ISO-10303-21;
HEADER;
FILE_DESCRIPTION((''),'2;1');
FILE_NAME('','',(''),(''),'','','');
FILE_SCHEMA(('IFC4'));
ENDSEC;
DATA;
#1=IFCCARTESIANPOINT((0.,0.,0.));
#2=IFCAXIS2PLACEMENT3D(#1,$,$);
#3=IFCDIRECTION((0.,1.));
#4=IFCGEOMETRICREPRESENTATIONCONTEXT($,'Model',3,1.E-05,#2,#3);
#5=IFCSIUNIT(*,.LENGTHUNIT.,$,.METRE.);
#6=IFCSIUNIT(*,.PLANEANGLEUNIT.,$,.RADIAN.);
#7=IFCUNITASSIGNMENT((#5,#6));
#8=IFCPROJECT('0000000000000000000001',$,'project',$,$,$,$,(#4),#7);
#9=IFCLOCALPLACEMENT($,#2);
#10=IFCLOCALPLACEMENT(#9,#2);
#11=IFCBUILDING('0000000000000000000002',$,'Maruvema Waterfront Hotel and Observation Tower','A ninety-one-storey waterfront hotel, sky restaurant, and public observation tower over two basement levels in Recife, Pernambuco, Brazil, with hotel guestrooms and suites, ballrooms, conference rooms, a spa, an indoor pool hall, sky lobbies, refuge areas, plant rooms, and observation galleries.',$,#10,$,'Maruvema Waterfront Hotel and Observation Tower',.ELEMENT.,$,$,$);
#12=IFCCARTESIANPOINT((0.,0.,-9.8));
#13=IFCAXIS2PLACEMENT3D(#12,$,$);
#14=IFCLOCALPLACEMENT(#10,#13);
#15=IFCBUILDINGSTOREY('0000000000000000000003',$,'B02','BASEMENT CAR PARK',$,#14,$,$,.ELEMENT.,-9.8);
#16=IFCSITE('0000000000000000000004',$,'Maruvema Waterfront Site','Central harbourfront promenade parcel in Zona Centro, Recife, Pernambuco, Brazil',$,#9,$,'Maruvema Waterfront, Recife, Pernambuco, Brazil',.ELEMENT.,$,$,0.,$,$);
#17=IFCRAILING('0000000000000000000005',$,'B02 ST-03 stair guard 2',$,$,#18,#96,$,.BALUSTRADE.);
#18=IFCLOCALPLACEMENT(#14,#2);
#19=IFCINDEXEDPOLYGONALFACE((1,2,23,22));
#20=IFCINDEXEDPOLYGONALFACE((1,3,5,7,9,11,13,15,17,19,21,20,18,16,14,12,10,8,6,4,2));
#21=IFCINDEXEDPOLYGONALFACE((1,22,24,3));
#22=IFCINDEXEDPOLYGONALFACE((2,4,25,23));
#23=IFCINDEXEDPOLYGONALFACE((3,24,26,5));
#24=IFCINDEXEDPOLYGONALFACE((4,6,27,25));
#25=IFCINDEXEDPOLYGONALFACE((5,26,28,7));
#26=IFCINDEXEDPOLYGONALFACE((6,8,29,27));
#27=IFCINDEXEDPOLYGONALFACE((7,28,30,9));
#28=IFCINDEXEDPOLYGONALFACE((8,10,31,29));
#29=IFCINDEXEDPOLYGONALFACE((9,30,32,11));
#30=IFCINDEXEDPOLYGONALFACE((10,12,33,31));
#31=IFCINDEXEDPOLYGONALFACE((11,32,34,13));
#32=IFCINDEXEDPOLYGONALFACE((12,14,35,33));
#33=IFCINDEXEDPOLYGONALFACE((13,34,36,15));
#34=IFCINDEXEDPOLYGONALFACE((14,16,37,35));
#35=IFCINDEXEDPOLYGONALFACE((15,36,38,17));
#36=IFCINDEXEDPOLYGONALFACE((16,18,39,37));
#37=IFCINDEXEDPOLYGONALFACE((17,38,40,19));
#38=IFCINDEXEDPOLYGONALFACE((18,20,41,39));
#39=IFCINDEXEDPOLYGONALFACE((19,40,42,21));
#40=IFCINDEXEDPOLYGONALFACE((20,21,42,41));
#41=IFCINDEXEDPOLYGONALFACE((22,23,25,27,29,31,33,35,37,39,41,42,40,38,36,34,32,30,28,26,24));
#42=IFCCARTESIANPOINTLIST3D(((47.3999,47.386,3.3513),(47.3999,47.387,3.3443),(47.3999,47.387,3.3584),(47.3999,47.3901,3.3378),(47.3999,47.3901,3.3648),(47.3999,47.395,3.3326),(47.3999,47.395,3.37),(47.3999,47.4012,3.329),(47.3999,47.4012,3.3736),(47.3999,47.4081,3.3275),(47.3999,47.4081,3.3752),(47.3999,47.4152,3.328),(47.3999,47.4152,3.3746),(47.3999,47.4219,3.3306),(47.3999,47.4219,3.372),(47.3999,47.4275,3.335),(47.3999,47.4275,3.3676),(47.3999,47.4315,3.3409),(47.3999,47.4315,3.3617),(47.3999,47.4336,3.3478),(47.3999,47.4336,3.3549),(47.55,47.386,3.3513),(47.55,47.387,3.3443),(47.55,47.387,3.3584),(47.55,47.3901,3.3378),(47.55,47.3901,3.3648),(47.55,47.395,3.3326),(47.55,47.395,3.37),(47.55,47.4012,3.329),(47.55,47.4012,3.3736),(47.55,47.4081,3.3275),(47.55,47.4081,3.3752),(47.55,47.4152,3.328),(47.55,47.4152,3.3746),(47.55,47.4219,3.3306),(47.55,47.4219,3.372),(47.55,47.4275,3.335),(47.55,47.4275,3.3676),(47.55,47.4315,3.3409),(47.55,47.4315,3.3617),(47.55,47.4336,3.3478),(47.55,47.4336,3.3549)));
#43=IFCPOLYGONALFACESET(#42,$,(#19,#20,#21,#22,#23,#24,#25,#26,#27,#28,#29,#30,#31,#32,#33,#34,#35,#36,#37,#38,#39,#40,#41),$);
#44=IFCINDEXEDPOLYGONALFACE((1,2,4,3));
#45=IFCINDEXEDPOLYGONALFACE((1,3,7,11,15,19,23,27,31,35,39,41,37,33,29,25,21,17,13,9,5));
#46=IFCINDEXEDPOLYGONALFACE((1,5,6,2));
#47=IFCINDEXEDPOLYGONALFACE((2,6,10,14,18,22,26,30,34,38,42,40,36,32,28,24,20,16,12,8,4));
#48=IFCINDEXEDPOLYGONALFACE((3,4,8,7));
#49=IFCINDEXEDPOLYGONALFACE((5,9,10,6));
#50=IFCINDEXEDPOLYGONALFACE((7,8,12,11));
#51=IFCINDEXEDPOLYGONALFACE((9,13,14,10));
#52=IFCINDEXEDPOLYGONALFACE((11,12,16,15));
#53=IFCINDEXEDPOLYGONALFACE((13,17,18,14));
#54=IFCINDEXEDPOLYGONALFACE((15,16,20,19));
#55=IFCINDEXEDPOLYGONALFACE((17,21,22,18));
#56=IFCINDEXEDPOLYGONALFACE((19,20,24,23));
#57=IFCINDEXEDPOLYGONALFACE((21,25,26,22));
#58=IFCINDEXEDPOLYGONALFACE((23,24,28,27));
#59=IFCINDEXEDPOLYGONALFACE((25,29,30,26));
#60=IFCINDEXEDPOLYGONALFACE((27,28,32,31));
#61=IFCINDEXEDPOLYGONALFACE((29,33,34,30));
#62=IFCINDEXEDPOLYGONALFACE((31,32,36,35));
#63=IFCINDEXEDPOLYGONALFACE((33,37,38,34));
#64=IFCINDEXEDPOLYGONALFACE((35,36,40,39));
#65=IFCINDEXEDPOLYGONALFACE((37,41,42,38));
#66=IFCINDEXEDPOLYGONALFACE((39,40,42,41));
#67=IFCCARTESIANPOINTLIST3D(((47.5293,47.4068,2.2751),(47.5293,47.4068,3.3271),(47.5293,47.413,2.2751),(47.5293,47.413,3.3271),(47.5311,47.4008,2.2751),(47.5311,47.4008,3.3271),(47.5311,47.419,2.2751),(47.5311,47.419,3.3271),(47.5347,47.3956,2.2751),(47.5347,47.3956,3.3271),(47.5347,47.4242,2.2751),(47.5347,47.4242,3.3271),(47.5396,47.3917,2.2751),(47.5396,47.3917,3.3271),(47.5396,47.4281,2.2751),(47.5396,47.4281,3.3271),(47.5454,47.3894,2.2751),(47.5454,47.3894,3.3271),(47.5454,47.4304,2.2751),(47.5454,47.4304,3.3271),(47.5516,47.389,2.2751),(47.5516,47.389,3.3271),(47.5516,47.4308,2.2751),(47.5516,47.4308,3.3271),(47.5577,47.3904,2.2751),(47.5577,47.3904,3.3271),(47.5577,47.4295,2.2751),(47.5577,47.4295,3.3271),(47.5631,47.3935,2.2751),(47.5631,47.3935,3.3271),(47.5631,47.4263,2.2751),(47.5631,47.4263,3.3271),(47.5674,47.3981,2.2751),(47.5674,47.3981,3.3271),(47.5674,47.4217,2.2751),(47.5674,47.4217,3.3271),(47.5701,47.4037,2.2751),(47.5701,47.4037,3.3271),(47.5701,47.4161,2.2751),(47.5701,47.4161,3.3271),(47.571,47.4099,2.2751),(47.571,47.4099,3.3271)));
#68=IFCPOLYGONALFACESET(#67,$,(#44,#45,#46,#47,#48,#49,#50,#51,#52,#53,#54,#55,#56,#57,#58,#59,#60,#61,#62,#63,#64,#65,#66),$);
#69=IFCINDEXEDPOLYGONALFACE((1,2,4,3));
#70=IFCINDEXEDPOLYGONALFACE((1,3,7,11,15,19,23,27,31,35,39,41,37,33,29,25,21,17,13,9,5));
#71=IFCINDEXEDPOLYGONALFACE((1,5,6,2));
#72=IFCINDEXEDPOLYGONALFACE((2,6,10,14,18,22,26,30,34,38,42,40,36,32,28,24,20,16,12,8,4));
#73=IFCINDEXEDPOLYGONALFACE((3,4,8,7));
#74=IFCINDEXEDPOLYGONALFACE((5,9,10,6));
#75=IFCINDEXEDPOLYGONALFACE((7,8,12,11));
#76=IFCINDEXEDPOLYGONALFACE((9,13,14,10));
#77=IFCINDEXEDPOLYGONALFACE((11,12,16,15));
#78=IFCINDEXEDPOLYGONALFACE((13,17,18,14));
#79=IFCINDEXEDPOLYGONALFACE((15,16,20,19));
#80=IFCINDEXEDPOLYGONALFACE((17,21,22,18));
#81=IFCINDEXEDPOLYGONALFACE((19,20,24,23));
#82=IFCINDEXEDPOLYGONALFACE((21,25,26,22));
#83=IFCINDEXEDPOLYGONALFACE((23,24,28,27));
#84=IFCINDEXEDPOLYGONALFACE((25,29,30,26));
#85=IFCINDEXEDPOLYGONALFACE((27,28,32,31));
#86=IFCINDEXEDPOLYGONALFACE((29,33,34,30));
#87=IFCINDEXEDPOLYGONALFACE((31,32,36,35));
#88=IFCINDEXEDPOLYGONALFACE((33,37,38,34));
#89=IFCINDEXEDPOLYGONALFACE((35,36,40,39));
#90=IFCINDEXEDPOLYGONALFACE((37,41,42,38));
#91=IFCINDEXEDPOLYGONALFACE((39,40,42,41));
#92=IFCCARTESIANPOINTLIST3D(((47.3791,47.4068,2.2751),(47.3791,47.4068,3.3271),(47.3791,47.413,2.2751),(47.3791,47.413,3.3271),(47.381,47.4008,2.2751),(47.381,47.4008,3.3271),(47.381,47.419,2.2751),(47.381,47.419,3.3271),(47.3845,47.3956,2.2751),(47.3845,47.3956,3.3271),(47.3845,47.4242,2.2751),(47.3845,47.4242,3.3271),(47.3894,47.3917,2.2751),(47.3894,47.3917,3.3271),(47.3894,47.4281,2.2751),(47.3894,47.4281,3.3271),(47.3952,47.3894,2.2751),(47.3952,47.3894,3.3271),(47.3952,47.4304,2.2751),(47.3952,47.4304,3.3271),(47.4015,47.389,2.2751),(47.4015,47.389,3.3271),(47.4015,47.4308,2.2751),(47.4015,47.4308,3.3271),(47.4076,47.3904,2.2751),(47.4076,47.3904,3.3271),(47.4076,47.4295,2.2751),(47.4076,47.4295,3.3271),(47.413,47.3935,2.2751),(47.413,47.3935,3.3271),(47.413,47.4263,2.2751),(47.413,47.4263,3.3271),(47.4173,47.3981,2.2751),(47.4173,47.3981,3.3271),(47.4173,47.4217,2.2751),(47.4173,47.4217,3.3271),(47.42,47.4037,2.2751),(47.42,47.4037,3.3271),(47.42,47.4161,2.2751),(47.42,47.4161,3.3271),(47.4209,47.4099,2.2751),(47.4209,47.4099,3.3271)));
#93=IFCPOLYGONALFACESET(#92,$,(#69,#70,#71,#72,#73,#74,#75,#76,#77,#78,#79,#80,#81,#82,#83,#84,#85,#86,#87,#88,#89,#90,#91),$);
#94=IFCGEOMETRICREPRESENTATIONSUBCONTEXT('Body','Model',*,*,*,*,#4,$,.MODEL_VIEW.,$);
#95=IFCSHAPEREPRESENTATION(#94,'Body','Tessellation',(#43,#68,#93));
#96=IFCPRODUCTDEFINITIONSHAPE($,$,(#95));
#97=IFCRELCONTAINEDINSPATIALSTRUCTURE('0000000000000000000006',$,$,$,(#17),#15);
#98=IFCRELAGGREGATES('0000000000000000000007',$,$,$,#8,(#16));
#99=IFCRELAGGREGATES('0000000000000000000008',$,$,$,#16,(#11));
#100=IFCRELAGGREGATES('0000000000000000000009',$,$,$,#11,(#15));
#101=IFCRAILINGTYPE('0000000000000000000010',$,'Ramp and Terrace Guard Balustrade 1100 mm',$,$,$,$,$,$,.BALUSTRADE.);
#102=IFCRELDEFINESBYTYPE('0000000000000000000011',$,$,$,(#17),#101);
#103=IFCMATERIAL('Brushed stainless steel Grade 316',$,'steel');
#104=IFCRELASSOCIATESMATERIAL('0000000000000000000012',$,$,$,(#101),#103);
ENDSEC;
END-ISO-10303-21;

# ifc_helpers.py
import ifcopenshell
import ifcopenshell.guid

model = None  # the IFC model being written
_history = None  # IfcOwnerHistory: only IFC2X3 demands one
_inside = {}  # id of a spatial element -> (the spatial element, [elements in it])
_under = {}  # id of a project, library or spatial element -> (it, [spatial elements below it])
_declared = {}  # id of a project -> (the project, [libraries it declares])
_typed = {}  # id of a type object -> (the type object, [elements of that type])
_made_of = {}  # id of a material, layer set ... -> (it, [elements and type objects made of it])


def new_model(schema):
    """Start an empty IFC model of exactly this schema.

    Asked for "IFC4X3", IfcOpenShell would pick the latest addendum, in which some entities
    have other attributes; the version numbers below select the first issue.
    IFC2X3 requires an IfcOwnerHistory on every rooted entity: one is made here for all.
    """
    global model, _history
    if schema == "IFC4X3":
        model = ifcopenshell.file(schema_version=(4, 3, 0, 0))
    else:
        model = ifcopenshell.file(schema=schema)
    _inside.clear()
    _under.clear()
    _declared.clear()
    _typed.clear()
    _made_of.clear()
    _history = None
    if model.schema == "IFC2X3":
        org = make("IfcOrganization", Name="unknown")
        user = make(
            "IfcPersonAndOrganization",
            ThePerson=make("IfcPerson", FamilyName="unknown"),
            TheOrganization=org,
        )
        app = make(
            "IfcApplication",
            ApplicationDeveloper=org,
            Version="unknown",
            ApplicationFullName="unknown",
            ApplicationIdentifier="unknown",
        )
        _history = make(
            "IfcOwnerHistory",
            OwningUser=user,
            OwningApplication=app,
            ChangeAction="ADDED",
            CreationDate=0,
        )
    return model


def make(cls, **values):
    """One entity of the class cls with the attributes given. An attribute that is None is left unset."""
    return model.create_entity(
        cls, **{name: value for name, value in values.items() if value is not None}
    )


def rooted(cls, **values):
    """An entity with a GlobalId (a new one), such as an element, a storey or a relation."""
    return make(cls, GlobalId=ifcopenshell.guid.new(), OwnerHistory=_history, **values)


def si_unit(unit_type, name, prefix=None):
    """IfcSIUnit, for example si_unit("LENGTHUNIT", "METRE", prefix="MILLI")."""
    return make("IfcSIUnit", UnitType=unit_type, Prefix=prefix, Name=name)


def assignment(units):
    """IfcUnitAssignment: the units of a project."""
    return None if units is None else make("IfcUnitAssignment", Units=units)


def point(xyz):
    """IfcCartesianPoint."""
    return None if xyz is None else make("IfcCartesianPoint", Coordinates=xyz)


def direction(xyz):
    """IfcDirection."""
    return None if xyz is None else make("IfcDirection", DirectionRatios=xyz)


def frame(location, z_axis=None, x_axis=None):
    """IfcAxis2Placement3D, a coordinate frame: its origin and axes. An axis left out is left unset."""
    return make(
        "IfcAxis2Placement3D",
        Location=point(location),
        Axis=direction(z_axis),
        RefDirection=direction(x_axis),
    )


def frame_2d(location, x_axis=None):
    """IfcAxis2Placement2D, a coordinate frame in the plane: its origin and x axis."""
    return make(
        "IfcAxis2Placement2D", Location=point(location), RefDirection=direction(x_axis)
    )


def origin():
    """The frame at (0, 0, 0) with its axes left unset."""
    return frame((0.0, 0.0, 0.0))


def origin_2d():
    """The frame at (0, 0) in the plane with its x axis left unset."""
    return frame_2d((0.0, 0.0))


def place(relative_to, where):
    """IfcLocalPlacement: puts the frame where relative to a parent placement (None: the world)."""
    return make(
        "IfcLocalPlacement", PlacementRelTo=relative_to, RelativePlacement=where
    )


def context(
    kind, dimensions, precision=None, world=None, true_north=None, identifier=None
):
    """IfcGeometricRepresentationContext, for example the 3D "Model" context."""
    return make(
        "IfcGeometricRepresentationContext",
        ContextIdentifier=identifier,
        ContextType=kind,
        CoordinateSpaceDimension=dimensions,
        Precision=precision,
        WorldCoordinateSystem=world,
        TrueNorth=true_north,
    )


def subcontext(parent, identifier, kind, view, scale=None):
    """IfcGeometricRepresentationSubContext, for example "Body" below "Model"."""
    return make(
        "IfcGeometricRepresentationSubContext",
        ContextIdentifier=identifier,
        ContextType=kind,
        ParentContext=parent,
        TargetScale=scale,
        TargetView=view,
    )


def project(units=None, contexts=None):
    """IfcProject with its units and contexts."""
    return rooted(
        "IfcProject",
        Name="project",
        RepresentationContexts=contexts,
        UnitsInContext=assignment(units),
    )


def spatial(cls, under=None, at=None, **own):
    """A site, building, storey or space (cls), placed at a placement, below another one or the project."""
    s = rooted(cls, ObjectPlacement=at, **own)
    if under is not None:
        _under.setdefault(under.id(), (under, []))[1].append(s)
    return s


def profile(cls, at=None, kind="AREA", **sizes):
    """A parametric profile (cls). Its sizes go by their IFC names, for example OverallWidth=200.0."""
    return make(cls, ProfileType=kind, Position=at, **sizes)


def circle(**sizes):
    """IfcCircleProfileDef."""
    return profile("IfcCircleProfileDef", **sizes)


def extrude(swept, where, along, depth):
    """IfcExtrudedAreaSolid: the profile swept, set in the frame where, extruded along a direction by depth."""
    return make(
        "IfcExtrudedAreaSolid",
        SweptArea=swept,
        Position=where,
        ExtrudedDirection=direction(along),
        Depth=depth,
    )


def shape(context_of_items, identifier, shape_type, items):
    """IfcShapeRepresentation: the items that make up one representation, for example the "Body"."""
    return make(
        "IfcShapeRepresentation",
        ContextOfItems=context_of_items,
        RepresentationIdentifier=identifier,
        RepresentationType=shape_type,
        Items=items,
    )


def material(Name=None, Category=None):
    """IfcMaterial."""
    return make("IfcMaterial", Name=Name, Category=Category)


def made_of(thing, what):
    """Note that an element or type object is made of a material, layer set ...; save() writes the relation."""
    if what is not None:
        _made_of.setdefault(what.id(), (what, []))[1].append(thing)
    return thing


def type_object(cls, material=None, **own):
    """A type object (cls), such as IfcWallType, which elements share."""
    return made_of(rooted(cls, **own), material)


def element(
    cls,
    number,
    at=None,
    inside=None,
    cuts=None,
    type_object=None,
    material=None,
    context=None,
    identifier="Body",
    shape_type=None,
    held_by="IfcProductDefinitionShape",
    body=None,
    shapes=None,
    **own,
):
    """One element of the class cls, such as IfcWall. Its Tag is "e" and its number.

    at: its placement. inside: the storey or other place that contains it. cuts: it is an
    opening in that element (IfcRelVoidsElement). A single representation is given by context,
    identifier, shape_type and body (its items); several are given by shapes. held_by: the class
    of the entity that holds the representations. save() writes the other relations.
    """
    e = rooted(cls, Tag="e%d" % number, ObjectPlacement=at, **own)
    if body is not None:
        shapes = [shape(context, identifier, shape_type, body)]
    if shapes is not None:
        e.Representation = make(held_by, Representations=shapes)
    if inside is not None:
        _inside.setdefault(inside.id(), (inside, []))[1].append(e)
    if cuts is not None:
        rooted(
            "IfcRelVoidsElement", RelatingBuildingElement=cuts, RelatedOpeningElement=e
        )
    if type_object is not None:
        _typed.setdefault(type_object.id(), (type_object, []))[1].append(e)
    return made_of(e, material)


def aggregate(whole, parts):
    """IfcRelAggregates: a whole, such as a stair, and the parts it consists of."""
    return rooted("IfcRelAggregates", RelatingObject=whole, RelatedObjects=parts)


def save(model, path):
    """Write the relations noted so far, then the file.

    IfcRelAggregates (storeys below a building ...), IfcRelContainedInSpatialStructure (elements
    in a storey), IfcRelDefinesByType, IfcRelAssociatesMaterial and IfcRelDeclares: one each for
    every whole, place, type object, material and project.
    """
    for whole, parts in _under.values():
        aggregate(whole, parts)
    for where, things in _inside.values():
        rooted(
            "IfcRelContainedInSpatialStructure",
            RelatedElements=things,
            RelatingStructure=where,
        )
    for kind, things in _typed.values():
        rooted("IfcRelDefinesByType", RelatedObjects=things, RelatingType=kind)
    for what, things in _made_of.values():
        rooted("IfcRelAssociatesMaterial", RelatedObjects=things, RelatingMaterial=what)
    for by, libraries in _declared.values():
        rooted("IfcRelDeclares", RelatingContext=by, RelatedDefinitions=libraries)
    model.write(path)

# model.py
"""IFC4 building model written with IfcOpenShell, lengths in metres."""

from ifc_helpers import new_model, si_unit, direction, frame, origin, origin_2d, place, context, subcontext, project, spatial, circle, extrude, material, type_object, element, save


model = new_model("IFC4")

# Units and contexts
model_context = context("Model", 3, precision=1e-05, world=origin(), true_north=direction((0.0, 1.0)))
body_context = subcontext(model_context, "Body", "Model", "MODEL_VIEW")
ifc_project = project(units=[si_unit("LENGTHUNIT", "METRE"), si_unit("PLANEANGLEUNIT", "RADIAN")], contexts=[model_context])

# Site, building, storey
site_placement = place(None, origin())
site = spatial("IfcSite", under=ifc_project, at=site_placement, Name="Maruvema Waterfront Site", Description="Central harbourfront promenade parcel in Zona Centro, Recife, Pernambuco, Brazil", LongName="Maruvema Waterfront, Recife, Pernambuco, Brazil", CompositionType="ELEMENT", RefElevation=0.0)
building_placement = place(site_placement, origin())
building = spatial("IfcBuilding", under=site, at=building_placement, Name="Maruvema Waterfront Hotel and Observation Tower", Description="A ninety-one-storey waterfront hotel, sky restaurant, and public observation tower over two basement levels in Recife, Pernambuco, Brazil, with hotel guestrooms and suites, ballrooms, conference rooms, a spa, an indoor pool hall, sky lobbies, refuge areas, plant rooms, and observation galleries.", LongName="Maruvema Waterfront Hotel and Observation Tower", CompositionType="ELEMENT")
storey_placement = place(building_placement, frame((0.0, 0.0, -9.8)))
storey = spatial("IfcBuildingStorey", under=building, at=storey_placement, Name="B02", Description="BASEMENT CAR PARK", CompositionType="ELEMENT", Elevation=-9.8)

# Railing
ifc_material_1 = material(Name="Brushed stainless steel Grade 316", Category="steel")
railing_type_1 = type_object("IfcRailingType", Name="Ramp and Terrace Guard Balustrade 1100 mm", PredefinedType="BALUSTRADE", material=ifc_material_1)
railing_1_placement = place(storey_placement, frame((47.55, 47.4099, 2.2751)))
element("IfcRailing", 1, at=railing_1_placement, inside=storey, type_object=railing_type_1, Name="B02 ST-03 stair guard 2", PredefinedType="BALUSTRADE", context=body_context, shape_type="SweptSolid", body=[
    extrude(circle(Radius=0.0239, at=origin_2d()), frame((0.0, 0.0, 1.0762), z_axis=(-1.0, 0.0, 0.0), x_axis=(0.0, -1.0, 0.0)), (0.0, 0.0, 1.0), 0.1501),
    extrude(circle(Radius=0.021, at=origin_2d()), origin(), (0.0, 0.0, 1.0), 1.052),
    extrude(circle(Radius=0.021, at=origin_2d()), frame((-0.1501, 0.0, 0.0)), (0.0, 0.0, 1.0), 1.052),
])

save(model, "model.ifc")
